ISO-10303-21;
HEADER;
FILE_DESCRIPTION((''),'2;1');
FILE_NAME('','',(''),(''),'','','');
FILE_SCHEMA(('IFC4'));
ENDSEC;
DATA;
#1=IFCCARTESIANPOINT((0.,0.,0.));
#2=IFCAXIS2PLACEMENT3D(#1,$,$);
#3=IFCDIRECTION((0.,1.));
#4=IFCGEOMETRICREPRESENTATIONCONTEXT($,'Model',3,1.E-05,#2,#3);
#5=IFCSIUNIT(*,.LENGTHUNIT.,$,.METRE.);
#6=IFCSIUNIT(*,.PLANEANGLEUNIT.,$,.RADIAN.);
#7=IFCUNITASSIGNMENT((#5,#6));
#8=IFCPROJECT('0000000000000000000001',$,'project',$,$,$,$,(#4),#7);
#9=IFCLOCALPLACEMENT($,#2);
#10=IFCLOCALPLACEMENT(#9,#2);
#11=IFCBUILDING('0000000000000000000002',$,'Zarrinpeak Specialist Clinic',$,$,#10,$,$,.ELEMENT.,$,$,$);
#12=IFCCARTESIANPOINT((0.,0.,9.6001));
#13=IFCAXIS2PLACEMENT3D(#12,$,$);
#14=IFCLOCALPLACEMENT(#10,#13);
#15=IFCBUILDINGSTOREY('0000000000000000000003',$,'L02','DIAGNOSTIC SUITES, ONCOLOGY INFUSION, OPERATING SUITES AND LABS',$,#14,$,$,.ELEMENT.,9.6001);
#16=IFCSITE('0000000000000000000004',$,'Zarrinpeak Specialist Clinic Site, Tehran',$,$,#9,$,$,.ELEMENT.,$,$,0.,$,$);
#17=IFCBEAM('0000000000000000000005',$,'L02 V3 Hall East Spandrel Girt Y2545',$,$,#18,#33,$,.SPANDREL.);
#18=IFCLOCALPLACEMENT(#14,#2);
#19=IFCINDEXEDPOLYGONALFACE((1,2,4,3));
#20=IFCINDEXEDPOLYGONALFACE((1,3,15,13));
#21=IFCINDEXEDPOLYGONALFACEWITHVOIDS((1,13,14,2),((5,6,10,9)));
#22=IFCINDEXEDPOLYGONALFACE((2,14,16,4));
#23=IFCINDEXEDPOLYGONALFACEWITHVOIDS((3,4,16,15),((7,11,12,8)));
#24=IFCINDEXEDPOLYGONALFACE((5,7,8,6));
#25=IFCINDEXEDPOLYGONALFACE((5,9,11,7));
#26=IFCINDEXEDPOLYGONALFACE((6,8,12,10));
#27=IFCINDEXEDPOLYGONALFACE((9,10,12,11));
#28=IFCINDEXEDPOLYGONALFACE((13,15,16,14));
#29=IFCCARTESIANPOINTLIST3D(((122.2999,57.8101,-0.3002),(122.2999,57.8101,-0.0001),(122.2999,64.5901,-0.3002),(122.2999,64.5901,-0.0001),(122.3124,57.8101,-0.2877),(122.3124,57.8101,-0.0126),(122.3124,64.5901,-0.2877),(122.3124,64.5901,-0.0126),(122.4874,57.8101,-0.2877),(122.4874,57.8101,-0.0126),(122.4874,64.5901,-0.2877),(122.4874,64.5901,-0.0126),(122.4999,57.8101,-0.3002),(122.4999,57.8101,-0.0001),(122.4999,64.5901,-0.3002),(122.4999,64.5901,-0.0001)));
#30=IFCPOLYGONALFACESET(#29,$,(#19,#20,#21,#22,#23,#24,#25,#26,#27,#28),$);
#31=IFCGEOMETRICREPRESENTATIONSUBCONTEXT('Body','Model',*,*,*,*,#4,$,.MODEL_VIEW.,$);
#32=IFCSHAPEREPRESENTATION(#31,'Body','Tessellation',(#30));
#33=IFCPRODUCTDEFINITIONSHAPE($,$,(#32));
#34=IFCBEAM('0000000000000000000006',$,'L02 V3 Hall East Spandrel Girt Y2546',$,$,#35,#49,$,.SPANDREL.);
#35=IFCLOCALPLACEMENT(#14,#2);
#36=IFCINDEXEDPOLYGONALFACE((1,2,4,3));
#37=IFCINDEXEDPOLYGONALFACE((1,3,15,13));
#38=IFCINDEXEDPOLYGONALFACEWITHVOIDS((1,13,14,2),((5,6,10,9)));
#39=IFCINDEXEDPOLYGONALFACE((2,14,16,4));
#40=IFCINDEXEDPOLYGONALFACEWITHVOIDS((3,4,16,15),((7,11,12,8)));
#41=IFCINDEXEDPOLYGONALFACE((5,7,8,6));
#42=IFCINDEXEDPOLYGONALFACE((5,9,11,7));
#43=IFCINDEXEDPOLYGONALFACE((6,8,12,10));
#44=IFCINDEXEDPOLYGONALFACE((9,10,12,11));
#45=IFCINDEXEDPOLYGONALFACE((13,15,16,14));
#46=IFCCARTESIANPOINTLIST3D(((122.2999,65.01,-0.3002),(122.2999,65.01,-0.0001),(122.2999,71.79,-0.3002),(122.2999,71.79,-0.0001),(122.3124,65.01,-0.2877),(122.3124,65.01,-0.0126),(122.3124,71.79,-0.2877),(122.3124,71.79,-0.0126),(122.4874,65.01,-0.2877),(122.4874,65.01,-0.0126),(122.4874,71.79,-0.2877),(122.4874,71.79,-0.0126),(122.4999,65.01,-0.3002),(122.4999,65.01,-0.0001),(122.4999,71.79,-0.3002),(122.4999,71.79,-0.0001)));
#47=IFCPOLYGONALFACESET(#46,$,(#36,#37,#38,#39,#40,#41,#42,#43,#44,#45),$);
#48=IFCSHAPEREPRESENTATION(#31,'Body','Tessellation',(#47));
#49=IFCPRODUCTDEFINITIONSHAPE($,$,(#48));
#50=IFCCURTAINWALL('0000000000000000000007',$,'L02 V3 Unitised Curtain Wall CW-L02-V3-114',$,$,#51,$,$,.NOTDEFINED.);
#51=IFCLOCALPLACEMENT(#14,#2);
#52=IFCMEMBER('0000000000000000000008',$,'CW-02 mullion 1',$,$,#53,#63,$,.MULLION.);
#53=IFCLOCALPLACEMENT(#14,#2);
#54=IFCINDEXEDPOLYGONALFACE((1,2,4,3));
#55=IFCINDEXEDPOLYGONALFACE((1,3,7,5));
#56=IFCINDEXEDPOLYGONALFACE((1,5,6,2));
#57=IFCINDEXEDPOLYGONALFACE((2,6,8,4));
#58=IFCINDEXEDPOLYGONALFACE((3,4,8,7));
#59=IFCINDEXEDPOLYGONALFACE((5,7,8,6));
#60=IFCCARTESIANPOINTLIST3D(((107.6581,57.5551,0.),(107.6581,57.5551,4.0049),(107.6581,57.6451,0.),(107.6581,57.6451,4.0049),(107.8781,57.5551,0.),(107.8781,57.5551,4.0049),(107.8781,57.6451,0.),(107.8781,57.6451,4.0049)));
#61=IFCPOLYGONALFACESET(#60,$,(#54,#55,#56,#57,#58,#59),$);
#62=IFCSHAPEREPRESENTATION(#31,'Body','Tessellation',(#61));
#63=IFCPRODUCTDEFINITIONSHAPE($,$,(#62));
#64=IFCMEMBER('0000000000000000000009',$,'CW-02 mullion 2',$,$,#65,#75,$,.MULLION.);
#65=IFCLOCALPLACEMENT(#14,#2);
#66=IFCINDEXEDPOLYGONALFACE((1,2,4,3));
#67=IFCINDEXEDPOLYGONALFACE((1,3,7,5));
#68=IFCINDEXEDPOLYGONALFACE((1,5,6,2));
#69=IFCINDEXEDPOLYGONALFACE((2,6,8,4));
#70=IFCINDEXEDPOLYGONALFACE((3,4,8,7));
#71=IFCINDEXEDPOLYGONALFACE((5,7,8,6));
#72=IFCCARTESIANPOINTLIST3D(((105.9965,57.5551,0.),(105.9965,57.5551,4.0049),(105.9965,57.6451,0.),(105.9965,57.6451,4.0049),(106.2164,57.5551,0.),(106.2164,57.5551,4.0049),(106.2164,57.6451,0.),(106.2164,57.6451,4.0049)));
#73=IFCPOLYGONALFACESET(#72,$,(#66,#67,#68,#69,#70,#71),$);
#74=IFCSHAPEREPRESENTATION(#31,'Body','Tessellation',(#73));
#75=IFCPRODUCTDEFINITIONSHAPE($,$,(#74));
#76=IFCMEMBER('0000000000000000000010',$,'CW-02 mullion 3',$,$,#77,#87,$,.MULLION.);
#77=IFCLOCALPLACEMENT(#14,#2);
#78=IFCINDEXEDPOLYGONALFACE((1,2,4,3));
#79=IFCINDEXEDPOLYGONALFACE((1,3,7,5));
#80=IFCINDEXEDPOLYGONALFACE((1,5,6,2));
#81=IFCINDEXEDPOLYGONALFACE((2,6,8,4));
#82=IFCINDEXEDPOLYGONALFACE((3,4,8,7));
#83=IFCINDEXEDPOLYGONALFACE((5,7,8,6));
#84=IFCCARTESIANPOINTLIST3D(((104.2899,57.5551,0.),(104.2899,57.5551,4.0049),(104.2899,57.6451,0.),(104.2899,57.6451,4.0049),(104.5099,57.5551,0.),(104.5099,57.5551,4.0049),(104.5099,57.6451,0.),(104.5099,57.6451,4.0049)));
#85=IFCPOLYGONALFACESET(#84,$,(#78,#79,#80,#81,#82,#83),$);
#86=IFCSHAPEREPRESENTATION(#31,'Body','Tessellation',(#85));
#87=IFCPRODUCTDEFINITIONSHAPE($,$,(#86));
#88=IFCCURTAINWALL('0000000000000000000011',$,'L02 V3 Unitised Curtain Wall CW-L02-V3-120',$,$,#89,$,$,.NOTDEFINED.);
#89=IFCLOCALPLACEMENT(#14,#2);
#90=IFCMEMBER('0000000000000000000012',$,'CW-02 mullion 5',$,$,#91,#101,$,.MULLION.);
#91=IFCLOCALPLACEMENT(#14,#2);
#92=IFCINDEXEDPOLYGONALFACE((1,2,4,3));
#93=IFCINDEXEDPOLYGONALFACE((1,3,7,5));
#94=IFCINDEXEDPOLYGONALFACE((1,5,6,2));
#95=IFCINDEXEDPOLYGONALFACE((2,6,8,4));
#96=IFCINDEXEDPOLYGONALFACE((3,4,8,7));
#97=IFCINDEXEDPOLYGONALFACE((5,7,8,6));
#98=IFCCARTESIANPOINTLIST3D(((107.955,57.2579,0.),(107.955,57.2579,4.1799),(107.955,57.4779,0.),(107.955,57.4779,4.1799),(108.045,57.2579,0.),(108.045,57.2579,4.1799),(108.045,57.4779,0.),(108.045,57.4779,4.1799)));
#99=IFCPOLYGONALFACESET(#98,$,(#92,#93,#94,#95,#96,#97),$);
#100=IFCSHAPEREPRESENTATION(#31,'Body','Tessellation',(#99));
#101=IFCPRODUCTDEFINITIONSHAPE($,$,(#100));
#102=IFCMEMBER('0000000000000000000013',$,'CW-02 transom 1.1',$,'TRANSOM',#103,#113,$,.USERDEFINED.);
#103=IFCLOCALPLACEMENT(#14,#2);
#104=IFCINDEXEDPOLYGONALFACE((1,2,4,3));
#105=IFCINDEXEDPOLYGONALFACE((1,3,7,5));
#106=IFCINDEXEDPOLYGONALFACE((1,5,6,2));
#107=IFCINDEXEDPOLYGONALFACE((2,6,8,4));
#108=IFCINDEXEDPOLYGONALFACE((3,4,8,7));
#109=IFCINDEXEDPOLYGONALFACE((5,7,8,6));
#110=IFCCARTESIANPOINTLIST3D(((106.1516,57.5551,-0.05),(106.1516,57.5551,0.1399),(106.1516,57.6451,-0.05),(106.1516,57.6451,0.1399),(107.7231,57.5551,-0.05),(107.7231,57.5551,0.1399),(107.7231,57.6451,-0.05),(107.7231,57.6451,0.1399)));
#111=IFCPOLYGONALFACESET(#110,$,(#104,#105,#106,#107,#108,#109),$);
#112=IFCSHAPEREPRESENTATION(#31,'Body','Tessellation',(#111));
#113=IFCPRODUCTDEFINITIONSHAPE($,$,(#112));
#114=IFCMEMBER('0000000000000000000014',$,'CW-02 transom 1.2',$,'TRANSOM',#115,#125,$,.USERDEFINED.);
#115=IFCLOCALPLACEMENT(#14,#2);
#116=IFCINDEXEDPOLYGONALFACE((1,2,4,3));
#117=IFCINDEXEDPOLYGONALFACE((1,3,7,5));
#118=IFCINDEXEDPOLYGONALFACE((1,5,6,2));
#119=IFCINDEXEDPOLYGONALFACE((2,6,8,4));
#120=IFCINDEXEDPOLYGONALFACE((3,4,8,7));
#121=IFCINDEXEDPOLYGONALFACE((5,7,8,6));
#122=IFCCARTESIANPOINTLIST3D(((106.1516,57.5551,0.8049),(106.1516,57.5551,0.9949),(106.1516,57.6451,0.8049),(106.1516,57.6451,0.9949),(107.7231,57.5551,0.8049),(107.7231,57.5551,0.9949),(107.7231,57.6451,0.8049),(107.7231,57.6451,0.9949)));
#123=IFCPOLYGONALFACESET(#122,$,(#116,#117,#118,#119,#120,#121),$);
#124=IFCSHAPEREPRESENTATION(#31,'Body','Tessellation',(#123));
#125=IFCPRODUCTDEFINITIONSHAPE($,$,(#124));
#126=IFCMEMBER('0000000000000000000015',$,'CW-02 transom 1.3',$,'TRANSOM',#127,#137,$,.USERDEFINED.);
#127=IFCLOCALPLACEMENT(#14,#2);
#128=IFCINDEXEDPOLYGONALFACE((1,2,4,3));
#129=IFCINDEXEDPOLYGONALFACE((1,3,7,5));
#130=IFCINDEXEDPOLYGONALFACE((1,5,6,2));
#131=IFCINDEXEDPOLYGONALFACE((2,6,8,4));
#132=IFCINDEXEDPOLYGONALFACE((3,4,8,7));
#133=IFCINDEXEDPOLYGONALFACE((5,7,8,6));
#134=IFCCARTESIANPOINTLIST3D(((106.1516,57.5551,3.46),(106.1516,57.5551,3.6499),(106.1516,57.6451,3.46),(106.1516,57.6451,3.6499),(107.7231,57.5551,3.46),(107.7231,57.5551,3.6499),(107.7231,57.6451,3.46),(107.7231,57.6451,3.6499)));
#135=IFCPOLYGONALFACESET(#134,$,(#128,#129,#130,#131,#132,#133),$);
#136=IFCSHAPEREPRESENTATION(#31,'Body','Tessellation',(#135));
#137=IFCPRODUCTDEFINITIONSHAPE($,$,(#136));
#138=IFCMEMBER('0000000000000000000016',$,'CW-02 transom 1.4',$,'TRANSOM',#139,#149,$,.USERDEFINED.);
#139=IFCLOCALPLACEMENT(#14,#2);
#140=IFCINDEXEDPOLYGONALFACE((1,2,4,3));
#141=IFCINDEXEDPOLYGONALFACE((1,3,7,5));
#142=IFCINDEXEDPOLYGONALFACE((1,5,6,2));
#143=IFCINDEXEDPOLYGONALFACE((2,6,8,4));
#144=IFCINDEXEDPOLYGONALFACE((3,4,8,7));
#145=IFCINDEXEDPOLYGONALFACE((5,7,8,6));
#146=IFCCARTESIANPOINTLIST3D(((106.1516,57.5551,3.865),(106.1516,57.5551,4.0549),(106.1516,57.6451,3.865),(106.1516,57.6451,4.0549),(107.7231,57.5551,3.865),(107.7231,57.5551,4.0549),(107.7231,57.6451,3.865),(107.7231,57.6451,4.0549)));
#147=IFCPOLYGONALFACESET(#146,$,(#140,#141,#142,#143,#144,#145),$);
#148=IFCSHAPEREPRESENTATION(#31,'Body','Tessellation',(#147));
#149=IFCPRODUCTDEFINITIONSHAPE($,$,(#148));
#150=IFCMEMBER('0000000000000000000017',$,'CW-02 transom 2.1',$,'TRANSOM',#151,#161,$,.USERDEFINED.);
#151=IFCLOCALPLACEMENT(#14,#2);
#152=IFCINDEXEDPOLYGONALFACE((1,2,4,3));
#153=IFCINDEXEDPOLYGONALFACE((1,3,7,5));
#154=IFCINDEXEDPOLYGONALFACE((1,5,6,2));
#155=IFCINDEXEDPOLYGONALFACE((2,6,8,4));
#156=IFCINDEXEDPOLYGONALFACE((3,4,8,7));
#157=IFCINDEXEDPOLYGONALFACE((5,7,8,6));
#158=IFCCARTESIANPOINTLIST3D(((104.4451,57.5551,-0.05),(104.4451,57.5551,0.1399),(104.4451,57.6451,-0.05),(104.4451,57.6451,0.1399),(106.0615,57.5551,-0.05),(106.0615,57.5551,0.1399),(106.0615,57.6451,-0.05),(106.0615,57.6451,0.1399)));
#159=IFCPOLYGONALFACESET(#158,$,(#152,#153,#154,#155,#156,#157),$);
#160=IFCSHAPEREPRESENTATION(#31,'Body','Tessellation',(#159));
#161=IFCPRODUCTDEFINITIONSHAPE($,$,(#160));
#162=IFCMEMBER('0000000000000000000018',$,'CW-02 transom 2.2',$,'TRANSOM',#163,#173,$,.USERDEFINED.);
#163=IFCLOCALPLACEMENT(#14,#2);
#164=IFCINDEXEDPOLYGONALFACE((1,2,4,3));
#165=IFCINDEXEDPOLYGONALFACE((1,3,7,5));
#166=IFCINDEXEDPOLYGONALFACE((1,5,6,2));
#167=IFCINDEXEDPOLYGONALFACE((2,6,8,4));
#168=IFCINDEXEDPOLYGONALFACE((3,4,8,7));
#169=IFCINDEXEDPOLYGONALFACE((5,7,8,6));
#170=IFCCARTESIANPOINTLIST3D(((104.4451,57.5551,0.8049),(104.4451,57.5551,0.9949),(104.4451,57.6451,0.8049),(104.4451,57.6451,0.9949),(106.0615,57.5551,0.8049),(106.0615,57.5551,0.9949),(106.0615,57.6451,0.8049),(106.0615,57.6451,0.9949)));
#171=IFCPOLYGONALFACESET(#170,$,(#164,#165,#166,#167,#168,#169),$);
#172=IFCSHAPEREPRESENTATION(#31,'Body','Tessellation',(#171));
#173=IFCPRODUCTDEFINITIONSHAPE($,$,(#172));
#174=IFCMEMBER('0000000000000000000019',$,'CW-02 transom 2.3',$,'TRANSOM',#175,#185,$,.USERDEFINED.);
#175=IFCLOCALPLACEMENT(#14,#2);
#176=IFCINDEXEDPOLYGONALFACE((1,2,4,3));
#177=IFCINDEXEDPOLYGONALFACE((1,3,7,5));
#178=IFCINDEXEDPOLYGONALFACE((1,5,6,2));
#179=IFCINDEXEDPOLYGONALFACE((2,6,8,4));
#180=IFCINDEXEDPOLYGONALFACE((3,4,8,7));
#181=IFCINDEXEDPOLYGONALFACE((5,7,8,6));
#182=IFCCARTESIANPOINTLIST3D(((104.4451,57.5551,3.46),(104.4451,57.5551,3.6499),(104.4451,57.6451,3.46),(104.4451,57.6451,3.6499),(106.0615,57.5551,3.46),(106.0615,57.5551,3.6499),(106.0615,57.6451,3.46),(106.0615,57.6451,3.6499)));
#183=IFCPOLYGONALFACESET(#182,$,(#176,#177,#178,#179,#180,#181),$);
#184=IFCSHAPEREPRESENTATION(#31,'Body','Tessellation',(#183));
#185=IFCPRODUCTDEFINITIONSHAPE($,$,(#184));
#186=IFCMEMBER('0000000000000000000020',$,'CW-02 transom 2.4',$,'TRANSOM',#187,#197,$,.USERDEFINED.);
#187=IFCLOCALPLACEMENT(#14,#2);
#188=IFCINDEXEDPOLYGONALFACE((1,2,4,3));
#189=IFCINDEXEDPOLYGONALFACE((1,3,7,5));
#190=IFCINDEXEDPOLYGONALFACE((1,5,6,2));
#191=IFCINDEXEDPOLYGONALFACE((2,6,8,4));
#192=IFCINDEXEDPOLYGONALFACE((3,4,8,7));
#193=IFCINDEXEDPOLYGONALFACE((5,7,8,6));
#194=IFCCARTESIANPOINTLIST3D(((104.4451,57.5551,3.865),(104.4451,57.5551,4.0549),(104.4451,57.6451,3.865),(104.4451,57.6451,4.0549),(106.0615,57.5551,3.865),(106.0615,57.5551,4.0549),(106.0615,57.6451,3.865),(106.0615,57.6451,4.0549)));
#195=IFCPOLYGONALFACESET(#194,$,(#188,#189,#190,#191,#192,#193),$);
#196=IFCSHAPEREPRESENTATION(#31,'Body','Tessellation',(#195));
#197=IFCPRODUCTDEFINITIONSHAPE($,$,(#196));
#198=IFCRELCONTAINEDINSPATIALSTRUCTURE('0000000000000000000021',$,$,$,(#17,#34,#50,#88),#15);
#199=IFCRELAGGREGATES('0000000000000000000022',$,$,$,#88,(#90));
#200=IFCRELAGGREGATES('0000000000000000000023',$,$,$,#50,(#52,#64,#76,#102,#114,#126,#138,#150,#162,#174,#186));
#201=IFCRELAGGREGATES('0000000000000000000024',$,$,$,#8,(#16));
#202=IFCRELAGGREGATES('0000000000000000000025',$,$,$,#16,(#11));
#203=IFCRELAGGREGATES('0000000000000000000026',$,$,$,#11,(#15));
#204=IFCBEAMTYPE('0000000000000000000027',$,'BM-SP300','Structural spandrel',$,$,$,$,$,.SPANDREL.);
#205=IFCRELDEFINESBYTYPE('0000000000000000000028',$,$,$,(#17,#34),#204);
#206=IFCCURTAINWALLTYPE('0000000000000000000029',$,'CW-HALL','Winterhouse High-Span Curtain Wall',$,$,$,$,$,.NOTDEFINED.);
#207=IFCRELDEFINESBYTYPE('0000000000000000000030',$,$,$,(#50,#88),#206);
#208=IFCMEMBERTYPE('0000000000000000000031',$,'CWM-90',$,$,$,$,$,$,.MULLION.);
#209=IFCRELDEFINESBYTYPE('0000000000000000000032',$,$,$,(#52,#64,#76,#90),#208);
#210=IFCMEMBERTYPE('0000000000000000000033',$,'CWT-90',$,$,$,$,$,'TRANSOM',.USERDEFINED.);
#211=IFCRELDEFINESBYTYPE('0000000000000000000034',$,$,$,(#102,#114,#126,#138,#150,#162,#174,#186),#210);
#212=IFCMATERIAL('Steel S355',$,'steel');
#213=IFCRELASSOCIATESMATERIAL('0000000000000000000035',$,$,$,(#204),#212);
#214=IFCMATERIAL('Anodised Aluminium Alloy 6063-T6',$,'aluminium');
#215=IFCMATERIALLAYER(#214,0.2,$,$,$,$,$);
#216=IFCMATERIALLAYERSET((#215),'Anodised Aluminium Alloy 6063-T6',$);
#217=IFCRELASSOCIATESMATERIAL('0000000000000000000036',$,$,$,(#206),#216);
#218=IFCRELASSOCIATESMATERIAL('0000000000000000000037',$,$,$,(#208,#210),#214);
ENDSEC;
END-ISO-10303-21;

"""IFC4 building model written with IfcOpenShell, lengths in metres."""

from ifc_helpers import new_model, si_unit, direction, frame, origin, origin_2d, place, context, subcontext, project, spatial, rectangle, hollow_rectangle, extrude, material, layer, layer_set, material_profile, profile_set, type_object, element, aggregate, save


model = new_model("IFC4")

# Units and contexts
model_context = context("Model", 3, precision=1e-05, world=origin(), true_north=direction((0.0, 1.0)))
body_context = subcontext(model_context, "Body", "Model", "MODEL_VIEW")
ifc_project = project(units=[si_unit("LENGTHUNIT", "METRE"), si_unit("PLANEANGLEUNIT", "RADIAN")], contexts=[model_context])

# Site, building, storey
site_placement = place(None, origin())
site = spatial("IfcSite", under=ifc_project, at=site_placement, Name="Zarrinpeak Specialist Clinic Site, Tehran", CompositionType="ELEMENT", RefElevation=0.0)
building_placement = place(site_placement, origin())
building = spatial("IfcBuilding", under=site, at=building_placement, Name="Zarrinpeak Specialist Clinic", CompositionType="ELEMENT")
storey_placement = place(building_placement, frame((0.0, 0.0, 9.6001)))
storey = spatial("IfcBuildingStorey", under=building, at=storey_placement, Name="L02", Description="DIAGNOSTIC SUITES, ONCOLOGY INFUSION, OPERATING SUITES AND LABS", CompositionType="ELEMENT", Elevation=9.6001)

# Shared definitions
ifc_material_1 = material(Name="Steel S355", Category="steel")

# Beams
ifc_material_profile_1 = material_profile(ifc_material_1, hollow_rectangle(XDim=0.2, YDim=0.3, WallThickness=0.0125, at=origin_2d()), Name="RHS 300x200x12.5")
ifc_profile_set_1 = profile_set([ifc_material_profile_1], Name="Steel S355")
beam_type_1 = type_object("IfcBeamType", Name="BM-SP300", Description="Structural spandrel", PredefinedType="SPANDREL", material=ifc_profile_set_1)
for number, where, z_axis, x_axis, name in (
    (1, (122.3999, 57.8101, -0.1501), (0.0, 1.0, 0.0), (-1.0, 0.0, 0.0), "L02 V3 Hall East Spandrel Girt Y2545"),
    (2, (122.3999, 65.01, -0.1501), (0.0, 1.0, 0.0), (-1.0, 0.0, 0.0), "L02 V3 Hall East Spandrel Girt Y2546"),
):
    element("IfcBeam", number, at=place(storey_placement, frame(where, z_axis=z_axis, x_axis=x_axis)), inside=storey, type_object=beam_type_1, Name=name, PredefinedType="SPANDREL", context=body_context, shape_type="SweptSolid", body=[
        extrude(hollow_rectangle(XDim=0.2, YDim=0.3, WallThickness=0.0125, at=origin_2d()), origin(), (0.0, 0.0, 1.0), 6.78),
    ])

# Curtain wall, members
ifc_material_2 = material(Name="Anodised Aluminium Alloy 6063-T6", Category="aluminium")
ifc_layer_1 = layer(ifc_material_2, 0.2)
ifc_layer_set_1 = layer_set([ifc_layer_1], Name="Anodised Aluminium Alloy 6063-T6")
curtain_wall_type = type_object("IfcCurtainWallType", Name="CW-HALL", Description="Winterhouse High-Span Curtain Wall", PredefinedType="NOTDEFINED", material=ifc_layer_set_1)
curtain_wall_1_placement = place(storey_placement, origin())
curtain_wall_1 = element("IfcCurtainWall", 3, at=curtain_wall_1_placement, inside=storey, type_object=curtain_wall_type, Name="L02 V3 Unitised Curtain Wall CW-L02-V3-114", PredefinedType="NOTDEFINED")
ifc_material_profile_2 = material_profile(ifc_material_2, rectangle(XDim=0.0901, YDim=0.22, at=origin_2d()), Name="ALU 90x220")
ifc_profile_set_2 = profile_set([ifc_material_profile_2], Name="Anodised Aluminium Alloy 6063-T6")
member_type_1 = type_object("IfcMemberType", Name="CWM-90", PredefinedType="MULLION", material=ifc_profile_set_2)
member_1_placement = place(storey_placement, frame((107.7681, 57.6001, 0.0), z_axis=(0.0, 0.0, 1.0), x_axis=(0.0, -1.0, 0.0)))
member_1 = element("IfcMember", 4, at=member_1_placement, type_object=member_type_1, Name="CW-02 mullion 1", PredefinedType="MULLION", context=body_context, shape_type="SweptSolid", body=[
    extrude(rectangle(XDim=0.0901, YDim=0.22, at=origin_2d()), origin(), (0.0, 0.0, 1.0), 4.0049),
])
member_2_placement = place(storey_placement, frame((106.1064, 57.6001, 0.0), z_axis=(0.0, 0.0, 1.0), x_axis=(0.0, -1.0, 0.0)))
member_2 = element("IfcMember", 5, at=member_2_placement, type_object=member_type_1, Name="CW-02 mullion 2", PredefinedType="MULLION", context=body_context, shape_type="SweptSolid", body=[
    extrude(rectangle(XDim=0.0901, YDim=0.22, at=origin_2d()), origin(), (0.0, 0.0, 1.0), 4.0049),
])
member_3_placement = place(storey_placement, frame((104.3999, 57.6001, 0.0), z_axis=(0.0, 0.0, 1.0), x_axis=(0.0, -1.0, 0.0)))
member_3 = element("IfcMember", 6, at=member_3_placement, type_object=member_type_1, Name="CW-02 mullion 3", PredefinedType="MULLION", context=body_context, shape_type="SweptSolid", body=[
    extrude(rectangle(XDim=0.0901, YDim=0.22, at=origin_2d()), origin(), (0.0, 0.0, 1.0), 4.0049),
])

# Curtain wall, member
curtain_wall_2_placement = place(storey_placement, origin())
curtain_wall_2 = element("IfcCurtainWall", 7, at=curtain_wall_2_placement, inside=storey, type_object=curtain_wall_type, Name="L02 V3 Unitised Curtain Wall CW-L02-V3-120", PredefinedType="NOTDEFINED")
member_4_placement = place(storey_placement, frame((108.0, 57.3679, 0.0), z_axis=(0.0, 0.0, 1.0), x_axis=(-1.0, 0.0, 0.0)))
member_4 = element("IfcMember", 8, at=member_4_placement, type_object=member_type_1, Name="CW-02 mullion 5", PredefinedType="MULLION", context=body_context, shape_type="SweptSolid", body=[
    extrude(rectangle(XDim=0.0901, YDim=0.22, at=origin_2d()), origin(), (0.0, 0.0, 1.0), 4.1799),
])
aggregate(curtain_wall_2, [member_4])

# Members
ifc_material_profile_3 = material_profile(ifc_material_2, rectangle(XDim=0.0901, YDim=0.1899, at=origin_2d()), Name="ALU 90x190")
ifc_profile_set_3 = profile_set([ifc_material_profile_3], Name="Anodised Aluminium Alloy 6063-T6")
member_type_2 = type_object("IfcMemberType", Name="CWT-90", ElementType="TRANSOM", PredefinedType="USERDEFINED", material=ifc_profile_set_3)
member_5_placement = place(storey_placement, frame((107.7231, 57.6001, 0.0449), z_axis=(-1.0, 0.0, 0.0), x_axis=(0.0, -1.0, 0.0)))
member_5 = element("IfcMember", 9, at=member_5_placement, type_object=member_type_2, Name="CW-02 transom 1.1", ObjectType="TRANSOM", PredefinedType="USERDEFINED", context=body_context, shape_type="SweptSolid", body=[
    extrude(rectangle(XDim=0.0901, YDim=0.1899, at=origin_2d()), origin(), (0.0, 0.0, 1.0), 1.5715),
])
member_6_placement = place(storey_placement, frame((107.7231, 57.6001, 0.8999), z_axis=(-1.0, 0.0, 0.0), x_axis=(0.0, -1.0, 0.0)))
member_6 = element("IfcMember", 10, at=member_6_placement, type_object=member_type_2, Name="CW-02 transom 1.2", ObjectType="TRANSOM", PredefinedType="USERDEFINED", context=body_context, shape_type="SweptSolid", body=[
    extrude(rectangle(XDim=0.0901, YDim=0.1899, at=origin_2d()), origin(), (0.0, 0.0, 1.0), 1.5715),
])
member_7_placement = place(storey_placement, frame((107.7231, 57.6001, 3.5549), z_axis=(-1.0, 0.0, 0.0), x_axis=(0.0, -1.0, 0.0)))
member_7 = element("IfcMember", 11, at=member_7_placement, type_object=member_type_2, Name="CW-02 transom 1.3", ObjectType="TRANSOM", PredefinedType="USERDEFINED", context=body_context, shape_type="SweptSolid", body=[
    extrude(rectangle(XDim=0.0901, YDim=0.1899, at=origin_2d()), origin(), (0.0, 0.0, 1.0), 1.5715),
])
member_8_placement = place(storey_placement, frame((107.7231, 57.6001, 3.96), z_axis=(-1.0, 0.0, 0.0), x_axis=(0.0, -1.0, 0.0)))
member_8 = element("IfcMember", 12, at=member_8_placement, type_object=member_type_2, Name="CW-02 transom 1.4", ObjectType="TRANSOM", PredefinedType="USERDEFINED", context=body_context, shape_type="SweptSolid", body=[
    extrude(rectangle(XDim=0.0901, YDim=0.1899, at=origin_2d()), origin(), (0.0, 0.0, 1.0), 1.5715),
])
member_9_placement = place(storey_placement, frame((106.0615, 57.6001, 0.0449), z_axis=(-1.0, 0.0, 0.0), x_axis=(0.0, -1.0, 0.0)))
member_9 = element("IfcMember", 13, at=member_9_placement, type_object=member_type_2, Name="CW-02 transom 2.1", ObjectType="TRANSOM", PredefinedType="USERDEFINED", context=body_context, shape_type="SweptSolid", body=[
    extrude(rectangle(XDim=0.0901, YDim=0.1899, at=origin_2d()), origin(), (0.0, 0.0, 1.0), 1.6165),
])
member_10_placement = place(storey_placement, frame((106.0615, 57.6001, 0.8999), z_axis=(-1.0, 0.0, 0.0), x_axis=(0.0, -1.0, 0.0)))
member_10 = element("IfcMember", 14, at=member_10_placement, type_object=member_type_2, Name="CW-02 transom 2.2", ObjectType="TRANSOM", PredefinedType="USERDEFINED", context=body_context, shape_type="SweptSolid", body=[
    extrude(rectangle(XDim=0.0901, YDim=0.1899, at=origin_2d()), origin(), (0.0, 0.0, 1.0), 1.6165),
])
member_11_placement = place(storey_placement, frame((106.0615, 57.6001, 3.5549), z_axis=(-1.0, 0.0, 0.0), x_axis=(0.0, -1.0, 0.0)))
member_11 = element("IfcMember", 15, at=member_11_placement, type_object=member_type_2, Name="CW-02 transom 2.3", ObjectType="TRANSOM", PredefinedType="USERDEFINED", context=body_context, shape_type="SweptSolid", body=[
    extrude(rectangle(XDim=0.0901, YDim=0.1899, at=origin_2d()), origin(), (0.0, 0.0, 1.0), 1.6165),
])
member_12_placement = place(storey_placement, frame((106.0615, 57.6001, 3.96), z_axis=(-1.0, 0.0, 0.0), x_axis=(0.0, -1.0, 0.0)))
member_12 = element("IfcMember", 16, at=member_12_placement, type_object=member_type_2, Name="CW-02 transom 2.4", ObjectType="TRANSOM", PredefinedType="USERDEFINED", context=body_context, shape_type="SweptSolid", body=[
    extrude(rectangle(XDim=0.0901, YDim=0.1899, at=origin_2d()), origin(), (0.0, 0.0, 1.0), 1.6165),
])

aggregate(curtain_wall_1, [member_1, member_2, member_3, member_5, member_6, member_7, member_8, member_9, member_10, member_11, member_12])

save(model, "model.ifc")
